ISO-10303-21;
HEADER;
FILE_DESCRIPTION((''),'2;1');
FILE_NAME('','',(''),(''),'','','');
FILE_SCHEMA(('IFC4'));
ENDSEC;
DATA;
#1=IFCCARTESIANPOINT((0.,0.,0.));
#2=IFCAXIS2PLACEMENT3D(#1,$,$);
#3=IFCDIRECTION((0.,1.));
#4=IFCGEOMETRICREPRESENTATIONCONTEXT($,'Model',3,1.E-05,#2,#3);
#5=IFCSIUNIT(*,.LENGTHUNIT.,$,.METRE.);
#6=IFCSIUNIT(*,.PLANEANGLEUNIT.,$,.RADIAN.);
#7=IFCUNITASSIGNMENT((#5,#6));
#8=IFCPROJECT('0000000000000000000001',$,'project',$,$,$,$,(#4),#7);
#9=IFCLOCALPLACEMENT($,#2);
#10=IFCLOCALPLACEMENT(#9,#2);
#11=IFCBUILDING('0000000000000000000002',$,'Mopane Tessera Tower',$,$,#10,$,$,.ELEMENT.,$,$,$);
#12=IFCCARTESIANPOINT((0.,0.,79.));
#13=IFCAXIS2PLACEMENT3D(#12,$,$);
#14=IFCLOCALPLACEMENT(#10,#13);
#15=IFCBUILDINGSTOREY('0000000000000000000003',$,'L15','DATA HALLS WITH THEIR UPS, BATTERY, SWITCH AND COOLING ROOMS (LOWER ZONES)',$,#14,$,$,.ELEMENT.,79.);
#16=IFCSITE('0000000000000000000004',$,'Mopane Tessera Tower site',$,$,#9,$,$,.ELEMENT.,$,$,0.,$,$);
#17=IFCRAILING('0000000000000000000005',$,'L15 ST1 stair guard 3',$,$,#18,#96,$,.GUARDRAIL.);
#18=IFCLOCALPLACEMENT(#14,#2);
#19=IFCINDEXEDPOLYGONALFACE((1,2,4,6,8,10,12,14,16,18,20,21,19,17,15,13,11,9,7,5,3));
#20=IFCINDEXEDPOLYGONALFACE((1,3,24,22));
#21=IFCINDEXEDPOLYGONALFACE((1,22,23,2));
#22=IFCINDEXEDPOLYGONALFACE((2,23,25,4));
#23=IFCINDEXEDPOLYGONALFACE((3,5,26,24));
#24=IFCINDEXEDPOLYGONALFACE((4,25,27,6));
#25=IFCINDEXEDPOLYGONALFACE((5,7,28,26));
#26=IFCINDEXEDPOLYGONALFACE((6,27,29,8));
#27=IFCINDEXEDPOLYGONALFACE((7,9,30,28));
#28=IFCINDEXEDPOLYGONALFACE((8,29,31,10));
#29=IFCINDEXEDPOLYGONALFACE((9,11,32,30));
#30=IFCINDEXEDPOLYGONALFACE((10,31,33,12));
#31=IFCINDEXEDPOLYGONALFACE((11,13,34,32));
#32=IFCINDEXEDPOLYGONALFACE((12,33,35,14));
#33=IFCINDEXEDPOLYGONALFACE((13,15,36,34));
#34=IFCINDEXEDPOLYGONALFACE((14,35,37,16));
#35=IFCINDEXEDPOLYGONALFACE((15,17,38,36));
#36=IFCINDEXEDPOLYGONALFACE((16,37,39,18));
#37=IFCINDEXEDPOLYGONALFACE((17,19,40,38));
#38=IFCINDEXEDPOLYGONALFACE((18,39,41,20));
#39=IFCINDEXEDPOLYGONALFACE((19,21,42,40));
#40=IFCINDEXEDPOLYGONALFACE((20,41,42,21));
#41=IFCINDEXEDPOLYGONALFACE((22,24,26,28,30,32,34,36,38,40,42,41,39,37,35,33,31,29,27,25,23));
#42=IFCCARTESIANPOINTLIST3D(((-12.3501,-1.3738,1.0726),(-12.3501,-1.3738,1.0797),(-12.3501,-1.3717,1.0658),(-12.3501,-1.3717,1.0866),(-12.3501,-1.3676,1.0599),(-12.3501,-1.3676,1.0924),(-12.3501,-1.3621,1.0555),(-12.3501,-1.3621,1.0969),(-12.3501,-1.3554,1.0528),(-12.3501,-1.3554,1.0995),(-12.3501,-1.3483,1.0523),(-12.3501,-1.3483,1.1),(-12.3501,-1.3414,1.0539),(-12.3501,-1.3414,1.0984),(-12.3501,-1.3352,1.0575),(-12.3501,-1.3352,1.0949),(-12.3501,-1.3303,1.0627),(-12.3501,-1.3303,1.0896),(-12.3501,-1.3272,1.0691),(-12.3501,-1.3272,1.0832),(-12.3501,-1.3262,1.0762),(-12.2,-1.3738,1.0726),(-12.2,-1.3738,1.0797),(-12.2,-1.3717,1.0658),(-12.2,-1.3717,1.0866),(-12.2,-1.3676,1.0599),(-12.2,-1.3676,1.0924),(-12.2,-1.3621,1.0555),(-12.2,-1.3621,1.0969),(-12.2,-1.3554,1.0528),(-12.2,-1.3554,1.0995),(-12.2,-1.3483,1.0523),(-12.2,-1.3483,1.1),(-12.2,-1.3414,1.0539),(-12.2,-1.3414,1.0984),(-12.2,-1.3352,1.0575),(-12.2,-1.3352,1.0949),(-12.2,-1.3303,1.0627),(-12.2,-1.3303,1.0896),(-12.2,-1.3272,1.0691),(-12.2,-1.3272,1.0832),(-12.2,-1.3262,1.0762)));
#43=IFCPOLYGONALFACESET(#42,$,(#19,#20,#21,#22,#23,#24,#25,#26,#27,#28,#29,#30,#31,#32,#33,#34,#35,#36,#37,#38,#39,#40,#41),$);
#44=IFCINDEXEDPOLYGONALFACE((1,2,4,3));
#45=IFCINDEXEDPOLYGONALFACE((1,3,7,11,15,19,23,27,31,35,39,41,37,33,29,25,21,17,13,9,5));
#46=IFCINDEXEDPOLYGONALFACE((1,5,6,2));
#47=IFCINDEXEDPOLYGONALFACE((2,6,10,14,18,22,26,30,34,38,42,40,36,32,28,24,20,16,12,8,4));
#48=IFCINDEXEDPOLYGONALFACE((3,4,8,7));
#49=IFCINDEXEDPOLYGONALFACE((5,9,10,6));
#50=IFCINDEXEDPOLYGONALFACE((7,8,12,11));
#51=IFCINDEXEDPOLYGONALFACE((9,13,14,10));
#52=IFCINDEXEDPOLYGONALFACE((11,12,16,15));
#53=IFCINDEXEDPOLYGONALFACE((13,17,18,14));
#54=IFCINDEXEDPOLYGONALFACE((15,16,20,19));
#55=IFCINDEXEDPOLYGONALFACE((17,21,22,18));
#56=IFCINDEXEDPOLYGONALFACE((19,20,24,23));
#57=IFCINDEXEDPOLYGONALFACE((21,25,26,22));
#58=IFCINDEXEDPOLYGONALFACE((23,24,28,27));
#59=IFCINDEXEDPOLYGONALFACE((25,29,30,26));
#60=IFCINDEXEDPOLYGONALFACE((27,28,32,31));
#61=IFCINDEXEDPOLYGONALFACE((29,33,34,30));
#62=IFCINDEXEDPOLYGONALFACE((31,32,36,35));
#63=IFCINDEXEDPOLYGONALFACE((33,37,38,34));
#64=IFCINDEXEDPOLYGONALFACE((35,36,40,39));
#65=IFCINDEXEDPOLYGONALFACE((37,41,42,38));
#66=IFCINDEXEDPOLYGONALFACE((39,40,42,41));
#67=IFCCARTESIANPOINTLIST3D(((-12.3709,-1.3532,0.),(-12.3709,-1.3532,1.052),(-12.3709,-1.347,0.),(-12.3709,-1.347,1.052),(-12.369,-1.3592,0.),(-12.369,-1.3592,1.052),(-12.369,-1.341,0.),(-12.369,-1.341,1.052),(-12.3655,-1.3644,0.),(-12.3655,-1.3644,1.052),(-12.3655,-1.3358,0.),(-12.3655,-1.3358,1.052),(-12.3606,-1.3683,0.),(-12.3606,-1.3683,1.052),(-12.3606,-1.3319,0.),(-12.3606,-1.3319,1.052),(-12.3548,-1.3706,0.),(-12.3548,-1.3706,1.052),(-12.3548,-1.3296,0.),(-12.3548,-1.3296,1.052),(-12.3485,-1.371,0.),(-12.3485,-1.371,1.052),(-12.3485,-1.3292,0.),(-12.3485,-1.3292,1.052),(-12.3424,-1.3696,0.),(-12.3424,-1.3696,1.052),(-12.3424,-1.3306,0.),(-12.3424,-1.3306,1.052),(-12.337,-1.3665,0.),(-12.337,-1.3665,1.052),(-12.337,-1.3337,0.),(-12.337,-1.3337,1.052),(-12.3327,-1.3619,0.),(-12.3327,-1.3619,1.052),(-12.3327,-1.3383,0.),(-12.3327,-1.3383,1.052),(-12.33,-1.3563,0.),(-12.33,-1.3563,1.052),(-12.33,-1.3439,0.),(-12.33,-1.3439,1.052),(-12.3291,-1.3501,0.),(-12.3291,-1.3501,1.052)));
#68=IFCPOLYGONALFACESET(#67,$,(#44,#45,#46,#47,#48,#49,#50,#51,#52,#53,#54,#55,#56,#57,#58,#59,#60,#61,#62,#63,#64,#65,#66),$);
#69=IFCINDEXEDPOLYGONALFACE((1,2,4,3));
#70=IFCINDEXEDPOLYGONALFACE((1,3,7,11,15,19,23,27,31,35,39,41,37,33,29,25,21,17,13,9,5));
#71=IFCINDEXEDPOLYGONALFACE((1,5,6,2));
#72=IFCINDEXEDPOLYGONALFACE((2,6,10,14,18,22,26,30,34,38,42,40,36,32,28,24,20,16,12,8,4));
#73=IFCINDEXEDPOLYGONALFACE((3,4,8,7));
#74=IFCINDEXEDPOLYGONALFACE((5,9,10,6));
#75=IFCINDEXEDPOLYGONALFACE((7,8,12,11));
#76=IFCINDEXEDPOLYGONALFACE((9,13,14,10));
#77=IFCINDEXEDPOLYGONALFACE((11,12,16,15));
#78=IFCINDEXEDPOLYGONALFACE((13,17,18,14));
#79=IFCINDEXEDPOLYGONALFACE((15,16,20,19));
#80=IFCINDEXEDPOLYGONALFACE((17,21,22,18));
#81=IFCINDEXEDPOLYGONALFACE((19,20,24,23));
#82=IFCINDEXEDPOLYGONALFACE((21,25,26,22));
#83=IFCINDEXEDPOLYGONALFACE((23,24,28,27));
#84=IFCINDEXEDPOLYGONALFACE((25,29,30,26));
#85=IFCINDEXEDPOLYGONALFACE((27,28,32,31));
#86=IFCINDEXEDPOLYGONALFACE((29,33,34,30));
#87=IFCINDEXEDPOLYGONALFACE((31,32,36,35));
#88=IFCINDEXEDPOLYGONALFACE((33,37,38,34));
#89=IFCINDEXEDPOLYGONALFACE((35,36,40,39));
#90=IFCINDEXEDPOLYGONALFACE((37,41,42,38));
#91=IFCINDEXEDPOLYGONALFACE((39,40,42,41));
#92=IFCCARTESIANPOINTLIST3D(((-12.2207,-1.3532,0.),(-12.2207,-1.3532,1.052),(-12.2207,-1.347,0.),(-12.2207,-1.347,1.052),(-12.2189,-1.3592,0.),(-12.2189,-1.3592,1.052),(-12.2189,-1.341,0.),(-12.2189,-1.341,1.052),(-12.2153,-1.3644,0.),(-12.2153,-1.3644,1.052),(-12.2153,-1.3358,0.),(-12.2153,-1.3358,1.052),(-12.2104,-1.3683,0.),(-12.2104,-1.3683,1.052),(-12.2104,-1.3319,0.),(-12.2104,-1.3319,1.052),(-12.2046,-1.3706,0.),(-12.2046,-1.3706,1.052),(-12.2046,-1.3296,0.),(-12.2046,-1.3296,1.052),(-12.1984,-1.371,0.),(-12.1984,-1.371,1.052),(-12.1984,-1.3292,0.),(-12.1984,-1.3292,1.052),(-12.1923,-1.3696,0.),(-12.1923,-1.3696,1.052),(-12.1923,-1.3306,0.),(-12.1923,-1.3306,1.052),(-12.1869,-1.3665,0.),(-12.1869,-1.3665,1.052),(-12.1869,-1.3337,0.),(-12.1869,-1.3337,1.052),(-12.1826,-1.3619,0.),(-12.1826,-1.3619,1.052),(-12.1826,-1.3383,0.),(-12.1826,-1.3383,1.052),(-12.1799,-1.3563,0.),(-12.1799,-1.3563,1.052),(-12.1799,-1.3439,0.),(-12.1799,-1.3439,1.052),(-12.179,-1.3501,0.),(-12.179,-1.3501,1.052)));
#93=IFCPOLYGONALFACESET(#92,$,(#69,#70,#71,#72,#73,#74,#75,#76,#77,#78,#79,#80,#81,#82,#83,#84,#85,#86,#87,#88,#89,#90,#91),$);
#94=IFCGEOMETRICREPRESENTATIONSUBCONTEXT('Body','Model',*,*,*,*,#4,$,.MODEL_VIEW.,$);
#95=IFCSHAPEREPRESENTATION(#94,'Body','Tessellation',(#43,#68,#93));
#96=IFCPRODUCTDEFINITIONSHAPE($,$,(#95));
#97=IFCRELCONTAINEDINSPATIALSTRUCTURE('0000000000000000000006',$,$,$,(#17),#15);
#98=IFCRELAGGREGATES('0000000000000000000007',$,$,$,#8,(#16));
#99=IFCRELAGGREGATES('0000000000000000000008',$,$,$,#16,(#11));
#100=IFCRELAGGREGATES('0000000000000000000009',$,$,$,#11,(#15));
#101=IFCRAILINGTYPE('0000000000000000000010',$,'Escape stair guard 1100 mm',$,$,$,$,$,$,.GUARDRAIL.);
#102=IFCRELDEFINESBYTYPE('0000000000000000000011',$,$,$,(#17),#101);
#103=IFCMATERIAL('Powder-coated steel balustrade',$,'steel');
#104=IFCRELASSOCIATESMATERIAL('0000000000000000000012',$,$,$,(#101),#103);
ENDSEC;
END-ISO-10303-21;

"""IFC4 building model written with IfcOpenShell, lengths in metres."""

from ifc_helpers import new_model, si_unit, direction, frame, origin, origin_2d, place, context, subcontext, project, spatial, circle, extrude, material, type_object, element, save


model = new_model("IFC4")

# Units and contexts
model_context = context("Model", 3, precision=1e-05, world=origin(), true_north=direction((0.0, 1.0)))
body_context = subcontext(model_context, "Body", "Model", "MODEL_VIEW")
ifc_project = project(units=[si_unit("LENGTHUNIT", "METRE"), si_unit("PLANEANGLEUNIT", "RADIAN")], contexts=[model_context])

# Site, building, storey
site_placement = place(None, origin())
site = spatial("IfcSite", under=ifc_project, at=site_placement, Name="Mopane Tessera Tower site", CompositionType="ELEMENT", RefElevation=0.0)
building_placement = place(site_placement, origin())
building = spatial("IfcBuilding", under=site, at=building_placement, Name="Mopane Tessera Tower", CompositionType="ELEMENT")
storey_placement = place(building_placement, frame((0.0, 0.0, 79.0)))
storey = spatial("IfcBuildingStorey", under=building, at=storey_placement, Name="L15", Description="DATA HALLS WITH THEIR UPS, BATTERY, SWITCH AND COOLING ROOMS (LOWER ZONES)", CompositionType="ELEMENT", Elevation=79.0)

# Railing
ifc_material_1 = material(Name="Powder-coated steel balustrade", Category="steel")
railing_type_1 = type_object("IfcRailingType", Name="Escape stair guard 1100 mm", PredefinedType="GUARDRAIL", material=ifc_material_1)
railing_1_placement = place(storey_placement, frame((-12.3501, -1.3501, 0.0)))
element("IfcRailing", 1, at=railing_1_placement, inside=storey, type_object=railing_type_1, Name="L15 ST1 stair guard 3", PredefinedType="GUARDRAIL", context=body_context, shape_type="SweptSolid", body=[
    extrude(circle(Radius=0.0239, at=origin_2d()), frame((0.0, 0.0, 1.0762), z_axis=(1.0, 0.0, 0.0), x_axis=(0.0, 1.0, 0.0)), (0.0, 0.0, 1.0), 0.1501),
    extrude(circle(Radius=0.021, at=origin_2d()), origin(), (0.0, 0.0, 1.0), 1.052),
    extrude(circle(Radius=0.021, at=origin_2d()), frame((0.1501, 0.0, 0.0)), (0.0, 0.0, 1.0), 1.052),
])

save(model, "model.ifc")
